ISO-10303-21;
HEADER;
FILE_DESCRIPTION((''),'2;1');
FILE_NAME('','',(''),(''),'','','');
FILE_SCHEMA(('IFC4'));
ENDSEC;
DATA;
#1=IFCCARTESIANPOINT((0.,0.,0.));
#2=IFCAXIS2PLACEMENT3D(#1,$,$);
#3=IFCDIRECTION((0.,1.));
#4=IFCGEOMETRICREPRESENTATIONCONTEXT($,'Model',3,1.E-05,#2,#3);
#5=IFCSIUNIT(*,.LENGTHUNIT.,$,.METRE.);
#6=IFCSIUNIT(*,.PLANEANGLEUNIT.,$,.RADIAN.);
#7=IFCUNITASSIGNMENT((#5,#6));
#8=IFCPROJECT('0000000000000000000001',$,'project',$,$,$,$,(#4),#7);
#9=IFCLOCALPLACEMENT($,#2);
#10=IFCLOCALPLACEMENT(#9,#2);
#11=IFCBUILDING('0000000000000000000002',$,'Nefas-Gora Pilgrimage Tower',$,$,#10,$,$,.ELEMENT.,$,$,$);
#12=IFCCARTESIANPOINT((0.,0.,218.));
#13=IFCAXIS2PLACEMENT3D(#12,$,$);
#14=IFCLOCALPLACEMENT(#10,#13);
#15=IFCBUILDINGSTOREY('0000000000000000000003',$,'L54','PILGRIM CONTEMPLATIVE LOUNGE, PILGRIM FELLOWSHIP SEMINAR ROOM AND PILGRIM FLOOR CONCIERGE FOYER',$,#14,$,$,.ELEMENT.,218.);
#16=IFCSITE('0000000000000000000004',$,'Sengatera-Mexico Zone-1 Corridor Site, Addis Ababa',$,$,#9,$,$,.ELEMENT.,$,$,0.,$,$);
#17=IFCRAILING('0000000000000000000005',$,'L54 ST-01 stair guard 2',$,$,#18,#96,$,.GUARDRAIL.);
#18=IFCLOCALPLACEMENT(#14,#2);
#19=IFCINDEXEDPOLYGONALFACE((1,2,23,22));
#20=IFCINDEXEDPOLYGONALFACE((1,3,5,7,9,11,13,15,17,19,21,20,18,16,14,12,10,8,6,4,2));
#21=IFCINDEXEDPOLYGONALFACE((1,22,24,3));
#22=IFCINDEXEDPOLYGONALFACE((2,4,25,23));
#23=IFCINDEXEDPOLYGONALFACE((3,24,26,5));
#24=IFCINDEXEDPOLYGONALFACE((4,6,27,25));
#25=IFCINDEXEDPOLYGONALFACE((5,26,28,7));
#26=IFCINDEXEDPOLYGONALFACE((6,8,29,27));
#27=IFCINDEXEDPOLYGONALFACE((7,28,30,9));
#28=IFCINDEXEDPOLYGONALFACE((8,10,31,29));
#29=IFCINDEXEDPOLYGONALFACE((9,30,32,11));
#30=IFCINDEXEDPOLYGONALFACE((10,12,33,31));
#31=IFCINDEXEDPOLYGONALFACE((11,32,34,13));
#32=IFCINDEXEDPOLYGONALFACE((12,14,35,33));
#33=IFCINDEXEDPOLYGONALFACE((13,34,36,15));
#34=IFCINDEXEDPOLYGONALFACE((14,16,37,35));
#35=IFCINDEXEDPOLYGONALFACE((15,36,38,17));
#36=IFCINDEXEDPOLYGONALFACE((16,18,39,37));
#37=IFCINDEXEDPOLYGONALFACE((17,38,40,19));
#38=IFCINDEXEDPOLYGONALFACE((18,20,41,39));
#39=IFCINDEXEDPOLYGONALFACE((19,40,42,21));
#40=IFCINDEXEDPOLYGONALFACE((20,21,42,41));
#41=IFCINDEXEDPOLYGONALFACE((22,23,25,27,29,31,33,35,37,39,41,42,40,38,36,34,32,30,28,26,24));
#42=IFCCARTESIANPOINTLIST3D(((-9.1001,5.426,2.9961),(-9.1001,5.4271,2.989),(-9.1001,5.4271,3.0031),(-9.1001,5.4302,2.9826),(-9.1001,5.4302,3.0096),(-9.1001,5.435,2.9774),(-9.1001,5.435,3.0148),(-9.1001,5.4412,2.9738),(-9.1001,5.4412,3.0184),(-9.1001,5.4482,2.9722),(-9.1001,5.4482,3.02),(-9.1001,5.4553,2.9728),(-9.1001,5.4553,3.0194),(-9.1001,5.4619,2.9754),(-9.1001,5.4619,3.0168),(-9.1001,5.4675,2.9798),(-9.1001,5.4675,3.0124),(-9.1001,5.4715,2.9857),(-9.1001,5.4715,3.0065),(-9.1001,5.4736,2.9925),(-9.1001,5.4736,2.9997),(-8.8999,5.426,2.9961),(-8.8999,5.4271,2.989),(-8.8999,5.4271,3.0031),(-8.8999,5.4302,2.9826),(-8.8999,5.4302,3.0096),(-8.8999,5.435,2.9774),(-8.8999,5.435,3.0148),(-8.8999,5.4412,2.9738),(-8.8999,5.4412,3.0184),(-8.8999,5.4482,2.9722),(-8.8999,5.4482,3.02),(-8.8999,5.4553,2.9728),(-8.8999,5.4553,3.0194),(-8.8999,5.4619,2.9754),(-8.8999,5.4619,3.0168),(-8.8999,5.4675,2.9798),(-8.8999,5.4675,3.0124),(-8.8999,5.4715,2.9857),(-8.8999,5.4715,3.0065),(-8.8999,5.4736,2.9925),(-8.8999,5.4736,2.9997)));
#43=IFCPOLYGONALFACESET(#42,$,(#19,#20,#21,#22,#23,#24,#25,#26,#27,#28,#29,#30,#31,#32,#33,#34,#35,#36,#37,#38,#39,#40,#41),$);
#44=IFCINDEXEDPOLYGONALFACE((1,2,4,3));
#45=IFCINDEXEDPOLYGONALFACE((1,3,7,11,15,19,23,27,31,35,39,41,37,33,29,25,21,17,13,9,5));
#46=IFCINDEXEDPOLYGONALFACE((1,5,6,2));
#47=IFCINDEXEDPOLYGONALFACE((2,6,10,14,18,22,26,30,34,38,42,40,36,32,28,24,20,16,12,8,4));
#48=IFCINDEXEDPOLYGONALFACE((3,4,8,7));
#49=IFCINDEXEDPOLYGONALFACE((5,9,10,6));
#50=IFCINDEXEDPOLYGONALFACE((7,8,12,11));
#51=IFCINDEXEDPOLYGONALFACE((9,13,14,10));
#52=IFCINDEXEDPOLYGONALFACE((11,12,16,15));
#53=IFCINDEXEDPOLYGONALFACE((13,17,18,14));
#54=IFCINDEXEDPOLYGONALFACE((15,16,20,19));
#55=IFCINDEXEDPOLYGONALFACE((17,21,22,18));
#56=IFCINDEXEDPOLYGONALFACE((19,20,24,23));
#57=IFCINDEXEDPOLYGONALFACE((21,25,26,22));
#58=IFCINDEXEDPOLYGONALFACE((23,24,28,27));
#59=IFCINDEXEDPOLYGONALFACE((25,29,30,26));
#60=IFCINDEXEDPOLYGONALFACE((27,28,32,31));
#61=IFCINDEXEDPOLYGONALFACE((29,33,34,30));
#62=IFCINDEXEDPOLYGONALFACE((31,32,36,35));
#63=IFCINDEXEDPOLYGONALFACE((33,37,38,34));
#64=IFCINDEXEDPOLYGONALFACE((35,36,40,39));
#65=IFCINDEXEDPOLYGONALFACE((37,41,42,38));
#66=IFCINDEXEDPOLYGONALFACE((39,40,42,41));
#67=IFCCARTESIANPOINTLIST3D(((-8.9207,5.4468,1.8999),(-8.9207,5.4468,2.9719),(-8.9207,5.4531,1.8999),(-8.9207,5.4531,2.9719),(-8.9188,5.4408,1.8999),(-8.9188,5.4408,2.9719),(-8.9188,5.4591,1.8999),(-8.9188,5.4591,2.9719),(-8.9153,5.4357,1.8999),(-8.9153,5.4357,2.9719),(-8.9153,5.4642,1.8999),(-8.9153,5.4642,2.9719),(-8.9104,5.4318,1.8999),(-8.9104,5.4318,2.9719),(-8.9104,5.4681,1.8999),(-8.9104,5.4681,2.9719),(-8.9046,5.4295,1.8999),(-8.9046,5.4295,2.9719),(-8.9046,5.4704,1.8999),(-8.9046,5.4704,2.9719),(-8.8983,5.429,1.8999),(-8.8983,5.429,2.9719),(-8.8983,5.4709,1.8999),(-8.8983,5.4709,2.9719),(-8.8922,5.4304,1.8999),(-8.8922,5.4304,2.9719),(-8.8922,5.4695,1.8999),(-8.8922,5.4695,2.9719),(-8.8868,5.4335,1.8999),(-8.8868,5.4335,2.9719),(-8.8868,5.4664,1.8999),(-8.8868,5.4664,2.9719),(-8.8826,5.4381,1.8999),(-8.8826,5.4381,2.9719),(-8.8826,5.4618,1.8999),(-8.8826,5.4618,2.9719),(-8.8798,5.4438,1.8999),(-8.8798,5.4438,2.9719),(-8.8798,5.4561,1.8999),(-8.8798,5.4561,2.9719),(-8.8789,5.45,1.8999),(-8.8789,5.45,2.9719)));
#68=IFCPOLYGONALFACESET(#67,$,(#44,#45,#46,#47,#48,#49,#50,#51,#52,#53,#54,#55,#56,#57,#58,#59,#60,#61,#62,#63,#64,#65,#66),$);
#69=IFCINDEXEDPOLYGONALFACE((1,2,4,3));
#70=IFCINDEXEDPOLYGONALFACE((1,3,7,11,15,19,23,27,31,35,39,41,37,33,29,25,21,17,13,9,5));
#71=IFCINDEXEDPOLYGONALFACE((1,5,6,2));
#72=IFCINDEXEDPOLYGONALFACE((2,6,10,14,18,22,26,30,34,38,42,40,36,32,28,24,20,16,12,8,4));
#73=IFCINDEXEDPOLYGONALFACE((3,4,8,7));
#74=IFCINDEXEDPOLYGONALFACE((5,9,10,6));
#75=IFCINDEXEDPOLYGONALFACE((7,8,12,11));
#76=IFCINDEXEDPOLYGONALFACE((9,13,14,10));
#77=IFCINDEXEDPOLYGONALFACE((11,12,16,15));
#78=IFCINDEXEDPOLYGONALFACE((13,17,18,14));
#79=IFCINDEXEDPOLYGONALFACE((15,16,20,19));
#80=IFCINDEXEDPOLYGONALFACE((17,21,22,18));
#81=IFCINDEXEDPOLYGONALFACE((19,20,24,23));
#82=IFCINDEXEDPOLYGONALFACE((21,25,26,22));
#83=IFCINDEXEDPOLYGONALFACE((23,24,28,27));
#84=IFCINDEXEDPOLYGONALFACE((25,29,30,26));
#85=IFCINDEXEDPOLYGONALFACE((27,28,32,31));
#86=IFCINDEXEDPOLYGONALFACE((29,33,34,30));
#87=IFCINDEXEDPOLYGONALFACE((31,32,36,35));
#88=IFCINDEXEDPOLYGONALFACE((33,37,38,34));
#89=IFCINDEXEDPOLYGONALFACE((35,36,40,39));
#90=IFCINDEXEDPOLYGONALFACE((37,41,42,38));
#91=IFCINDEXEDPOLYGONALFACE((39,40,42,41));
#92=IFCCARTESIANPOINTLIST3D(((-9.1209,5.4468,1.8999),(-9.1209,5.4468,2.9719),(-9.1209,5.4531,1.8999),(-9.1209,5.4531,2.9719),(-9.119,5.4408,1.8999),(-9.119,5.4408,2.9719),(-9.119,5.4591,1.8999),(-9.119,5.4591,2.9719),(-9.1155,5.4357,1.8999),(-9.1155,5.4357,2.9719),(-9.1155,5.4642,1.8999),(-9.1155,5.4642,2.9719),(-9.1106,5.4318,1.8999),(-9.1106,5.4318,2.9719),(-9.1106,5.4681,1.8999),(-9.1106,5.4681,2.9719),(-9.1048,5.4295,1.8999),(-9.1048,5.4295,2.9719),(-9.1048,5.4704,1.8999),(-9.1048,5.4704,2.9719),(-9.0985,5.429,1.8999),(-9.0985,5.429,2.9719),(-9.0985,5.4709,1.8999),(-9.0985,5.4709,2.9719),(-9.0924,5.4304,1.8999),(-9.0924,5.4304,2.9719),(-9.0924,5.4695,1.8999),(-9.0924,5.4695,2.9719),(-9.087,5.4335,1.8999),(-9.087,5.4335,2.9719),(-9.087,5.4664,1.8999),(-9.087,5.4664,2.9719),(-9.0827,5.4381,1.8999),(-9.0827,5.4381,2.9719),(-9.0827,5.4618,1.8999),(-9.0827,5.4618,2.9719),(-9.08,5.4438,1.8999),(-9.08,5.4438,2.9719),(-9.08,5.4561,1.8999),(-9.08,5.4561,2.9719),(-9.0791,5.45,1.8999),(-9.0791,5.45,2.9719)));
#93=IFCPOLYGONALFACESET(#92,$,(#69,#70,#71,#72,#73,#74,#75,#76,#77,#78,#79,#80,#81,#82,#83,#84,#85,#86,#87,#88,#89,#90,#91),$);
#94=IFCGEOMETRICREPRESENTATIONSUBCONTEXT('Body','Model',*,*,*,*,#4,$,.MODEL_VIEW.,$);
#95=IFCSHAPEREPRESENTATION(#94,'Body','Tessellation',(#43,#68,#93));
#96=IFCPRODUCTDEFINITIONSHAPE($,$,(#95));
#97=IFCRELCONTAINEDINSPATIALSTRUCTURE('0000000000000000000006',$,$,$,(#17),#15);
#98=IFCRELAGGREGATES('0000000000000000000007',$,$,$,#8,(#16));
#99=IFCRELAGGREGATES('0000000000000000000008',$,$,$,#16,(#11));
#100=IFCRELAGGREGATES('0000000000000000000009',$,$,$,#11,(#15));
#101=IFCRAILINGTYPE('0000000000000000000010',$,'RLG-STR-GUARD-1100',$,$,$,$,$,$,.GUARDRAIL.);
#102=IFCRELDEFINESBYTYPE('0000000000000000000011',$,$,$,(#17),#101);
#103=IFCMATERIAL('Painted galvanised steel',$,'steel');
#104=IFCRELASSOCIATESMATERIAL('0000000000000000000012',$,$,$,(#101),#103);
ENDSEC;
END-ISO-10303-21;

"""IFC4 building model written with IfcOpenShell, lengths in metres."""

from ifc_helpers import new_model, si_unit, direction, frame, origin, origin_2d, place, context, subcontext, project, spatial, circle, extrude, material, type_object, element, save


model = new_model("IFC4")

# Units and contexts
model_context = context("Model", 3, precision=1e-05, world=origin(), true_north=direction((0.0, 1.0)))
body_context = subcontext(model_context, "Body", "Model", "MODEL_VIEW")
ifc_project = project(units=[si_unit("LENGTHUNIT", "METRE"), si_unit("PLANEANGLEUNIT", "RADIAN")], contexts=[model_context])

# Site, building, storey
site_placement = place(None, origin())
site = spatial("IfcSite", under=ifc_project, at=site_placement, Name="Sengatera-Mexico Zone-1 Corridor Site, Addis Ababa", CompositionType="ELEMENT", RefElevation=0.0)
building_placement = place(site_placement, origin())
building = spatial("IfcBuilding", under=site, at=building_placement, Name="Nefas-Gora Pilgrimage Tower", CompositionType="ELEMENT")
storey_placement = place(building_placement, frame((0.0, 0.0, 218.0)))
storey = spatial("IfcBuildingStorey", under=building, at=storey_placement, Name="L54", Description="PILGRIM CONTEMPLATIVE LOUNGE, PILGRIM FELLOWSHIP SEMINAR ROOM AND PILGRIM FLOOR CONCIERGE FOYER", CompositionType="ELEMENT", Elevation=218.0)

# Railing
ifc_material_1 = material(Name="Painted galvanised steel", Category="steel")
railing_type_1 = type_object("IfcRailingType", Name="RLG-STR-GUARD-1100", PredefinedType="GUARDRAIL", material=ifc_material_1)
railing_1_placement = place(storey_placement, frame((-8.8999, 5.45, 1.8999)))
element("IfcRailing", 1, at=railing_1_placement, inside=storey, type_object=railing_type_1, Name="L54 ST-01 stair guard 2", PredefinedType="GUARDRAIL", context=body_context, shape_type="SweptSolid", body=[
    extrude(circle(Radius=0.0239, at=origin_2d()), frame((0.0, 0.0, 1.0962), z_axis=(-1.0, 0.0, 0.0), x_axis=(0.0, -1.0, 0.0)), (0.0, 0.0, 1.0), 0.2002),
    extrude(circle(Radius=0.021, at=origin_2d()), origin(), (0.0, 0.0, 1.0), 1.072),
    extrude(circle(Radius=0.021, at=origin_2d()), frame((-0.2002, 0.0, 0.0)), (0.0, 0.0, 1.0), 1.072),
])

save(model, "model.ifc")
